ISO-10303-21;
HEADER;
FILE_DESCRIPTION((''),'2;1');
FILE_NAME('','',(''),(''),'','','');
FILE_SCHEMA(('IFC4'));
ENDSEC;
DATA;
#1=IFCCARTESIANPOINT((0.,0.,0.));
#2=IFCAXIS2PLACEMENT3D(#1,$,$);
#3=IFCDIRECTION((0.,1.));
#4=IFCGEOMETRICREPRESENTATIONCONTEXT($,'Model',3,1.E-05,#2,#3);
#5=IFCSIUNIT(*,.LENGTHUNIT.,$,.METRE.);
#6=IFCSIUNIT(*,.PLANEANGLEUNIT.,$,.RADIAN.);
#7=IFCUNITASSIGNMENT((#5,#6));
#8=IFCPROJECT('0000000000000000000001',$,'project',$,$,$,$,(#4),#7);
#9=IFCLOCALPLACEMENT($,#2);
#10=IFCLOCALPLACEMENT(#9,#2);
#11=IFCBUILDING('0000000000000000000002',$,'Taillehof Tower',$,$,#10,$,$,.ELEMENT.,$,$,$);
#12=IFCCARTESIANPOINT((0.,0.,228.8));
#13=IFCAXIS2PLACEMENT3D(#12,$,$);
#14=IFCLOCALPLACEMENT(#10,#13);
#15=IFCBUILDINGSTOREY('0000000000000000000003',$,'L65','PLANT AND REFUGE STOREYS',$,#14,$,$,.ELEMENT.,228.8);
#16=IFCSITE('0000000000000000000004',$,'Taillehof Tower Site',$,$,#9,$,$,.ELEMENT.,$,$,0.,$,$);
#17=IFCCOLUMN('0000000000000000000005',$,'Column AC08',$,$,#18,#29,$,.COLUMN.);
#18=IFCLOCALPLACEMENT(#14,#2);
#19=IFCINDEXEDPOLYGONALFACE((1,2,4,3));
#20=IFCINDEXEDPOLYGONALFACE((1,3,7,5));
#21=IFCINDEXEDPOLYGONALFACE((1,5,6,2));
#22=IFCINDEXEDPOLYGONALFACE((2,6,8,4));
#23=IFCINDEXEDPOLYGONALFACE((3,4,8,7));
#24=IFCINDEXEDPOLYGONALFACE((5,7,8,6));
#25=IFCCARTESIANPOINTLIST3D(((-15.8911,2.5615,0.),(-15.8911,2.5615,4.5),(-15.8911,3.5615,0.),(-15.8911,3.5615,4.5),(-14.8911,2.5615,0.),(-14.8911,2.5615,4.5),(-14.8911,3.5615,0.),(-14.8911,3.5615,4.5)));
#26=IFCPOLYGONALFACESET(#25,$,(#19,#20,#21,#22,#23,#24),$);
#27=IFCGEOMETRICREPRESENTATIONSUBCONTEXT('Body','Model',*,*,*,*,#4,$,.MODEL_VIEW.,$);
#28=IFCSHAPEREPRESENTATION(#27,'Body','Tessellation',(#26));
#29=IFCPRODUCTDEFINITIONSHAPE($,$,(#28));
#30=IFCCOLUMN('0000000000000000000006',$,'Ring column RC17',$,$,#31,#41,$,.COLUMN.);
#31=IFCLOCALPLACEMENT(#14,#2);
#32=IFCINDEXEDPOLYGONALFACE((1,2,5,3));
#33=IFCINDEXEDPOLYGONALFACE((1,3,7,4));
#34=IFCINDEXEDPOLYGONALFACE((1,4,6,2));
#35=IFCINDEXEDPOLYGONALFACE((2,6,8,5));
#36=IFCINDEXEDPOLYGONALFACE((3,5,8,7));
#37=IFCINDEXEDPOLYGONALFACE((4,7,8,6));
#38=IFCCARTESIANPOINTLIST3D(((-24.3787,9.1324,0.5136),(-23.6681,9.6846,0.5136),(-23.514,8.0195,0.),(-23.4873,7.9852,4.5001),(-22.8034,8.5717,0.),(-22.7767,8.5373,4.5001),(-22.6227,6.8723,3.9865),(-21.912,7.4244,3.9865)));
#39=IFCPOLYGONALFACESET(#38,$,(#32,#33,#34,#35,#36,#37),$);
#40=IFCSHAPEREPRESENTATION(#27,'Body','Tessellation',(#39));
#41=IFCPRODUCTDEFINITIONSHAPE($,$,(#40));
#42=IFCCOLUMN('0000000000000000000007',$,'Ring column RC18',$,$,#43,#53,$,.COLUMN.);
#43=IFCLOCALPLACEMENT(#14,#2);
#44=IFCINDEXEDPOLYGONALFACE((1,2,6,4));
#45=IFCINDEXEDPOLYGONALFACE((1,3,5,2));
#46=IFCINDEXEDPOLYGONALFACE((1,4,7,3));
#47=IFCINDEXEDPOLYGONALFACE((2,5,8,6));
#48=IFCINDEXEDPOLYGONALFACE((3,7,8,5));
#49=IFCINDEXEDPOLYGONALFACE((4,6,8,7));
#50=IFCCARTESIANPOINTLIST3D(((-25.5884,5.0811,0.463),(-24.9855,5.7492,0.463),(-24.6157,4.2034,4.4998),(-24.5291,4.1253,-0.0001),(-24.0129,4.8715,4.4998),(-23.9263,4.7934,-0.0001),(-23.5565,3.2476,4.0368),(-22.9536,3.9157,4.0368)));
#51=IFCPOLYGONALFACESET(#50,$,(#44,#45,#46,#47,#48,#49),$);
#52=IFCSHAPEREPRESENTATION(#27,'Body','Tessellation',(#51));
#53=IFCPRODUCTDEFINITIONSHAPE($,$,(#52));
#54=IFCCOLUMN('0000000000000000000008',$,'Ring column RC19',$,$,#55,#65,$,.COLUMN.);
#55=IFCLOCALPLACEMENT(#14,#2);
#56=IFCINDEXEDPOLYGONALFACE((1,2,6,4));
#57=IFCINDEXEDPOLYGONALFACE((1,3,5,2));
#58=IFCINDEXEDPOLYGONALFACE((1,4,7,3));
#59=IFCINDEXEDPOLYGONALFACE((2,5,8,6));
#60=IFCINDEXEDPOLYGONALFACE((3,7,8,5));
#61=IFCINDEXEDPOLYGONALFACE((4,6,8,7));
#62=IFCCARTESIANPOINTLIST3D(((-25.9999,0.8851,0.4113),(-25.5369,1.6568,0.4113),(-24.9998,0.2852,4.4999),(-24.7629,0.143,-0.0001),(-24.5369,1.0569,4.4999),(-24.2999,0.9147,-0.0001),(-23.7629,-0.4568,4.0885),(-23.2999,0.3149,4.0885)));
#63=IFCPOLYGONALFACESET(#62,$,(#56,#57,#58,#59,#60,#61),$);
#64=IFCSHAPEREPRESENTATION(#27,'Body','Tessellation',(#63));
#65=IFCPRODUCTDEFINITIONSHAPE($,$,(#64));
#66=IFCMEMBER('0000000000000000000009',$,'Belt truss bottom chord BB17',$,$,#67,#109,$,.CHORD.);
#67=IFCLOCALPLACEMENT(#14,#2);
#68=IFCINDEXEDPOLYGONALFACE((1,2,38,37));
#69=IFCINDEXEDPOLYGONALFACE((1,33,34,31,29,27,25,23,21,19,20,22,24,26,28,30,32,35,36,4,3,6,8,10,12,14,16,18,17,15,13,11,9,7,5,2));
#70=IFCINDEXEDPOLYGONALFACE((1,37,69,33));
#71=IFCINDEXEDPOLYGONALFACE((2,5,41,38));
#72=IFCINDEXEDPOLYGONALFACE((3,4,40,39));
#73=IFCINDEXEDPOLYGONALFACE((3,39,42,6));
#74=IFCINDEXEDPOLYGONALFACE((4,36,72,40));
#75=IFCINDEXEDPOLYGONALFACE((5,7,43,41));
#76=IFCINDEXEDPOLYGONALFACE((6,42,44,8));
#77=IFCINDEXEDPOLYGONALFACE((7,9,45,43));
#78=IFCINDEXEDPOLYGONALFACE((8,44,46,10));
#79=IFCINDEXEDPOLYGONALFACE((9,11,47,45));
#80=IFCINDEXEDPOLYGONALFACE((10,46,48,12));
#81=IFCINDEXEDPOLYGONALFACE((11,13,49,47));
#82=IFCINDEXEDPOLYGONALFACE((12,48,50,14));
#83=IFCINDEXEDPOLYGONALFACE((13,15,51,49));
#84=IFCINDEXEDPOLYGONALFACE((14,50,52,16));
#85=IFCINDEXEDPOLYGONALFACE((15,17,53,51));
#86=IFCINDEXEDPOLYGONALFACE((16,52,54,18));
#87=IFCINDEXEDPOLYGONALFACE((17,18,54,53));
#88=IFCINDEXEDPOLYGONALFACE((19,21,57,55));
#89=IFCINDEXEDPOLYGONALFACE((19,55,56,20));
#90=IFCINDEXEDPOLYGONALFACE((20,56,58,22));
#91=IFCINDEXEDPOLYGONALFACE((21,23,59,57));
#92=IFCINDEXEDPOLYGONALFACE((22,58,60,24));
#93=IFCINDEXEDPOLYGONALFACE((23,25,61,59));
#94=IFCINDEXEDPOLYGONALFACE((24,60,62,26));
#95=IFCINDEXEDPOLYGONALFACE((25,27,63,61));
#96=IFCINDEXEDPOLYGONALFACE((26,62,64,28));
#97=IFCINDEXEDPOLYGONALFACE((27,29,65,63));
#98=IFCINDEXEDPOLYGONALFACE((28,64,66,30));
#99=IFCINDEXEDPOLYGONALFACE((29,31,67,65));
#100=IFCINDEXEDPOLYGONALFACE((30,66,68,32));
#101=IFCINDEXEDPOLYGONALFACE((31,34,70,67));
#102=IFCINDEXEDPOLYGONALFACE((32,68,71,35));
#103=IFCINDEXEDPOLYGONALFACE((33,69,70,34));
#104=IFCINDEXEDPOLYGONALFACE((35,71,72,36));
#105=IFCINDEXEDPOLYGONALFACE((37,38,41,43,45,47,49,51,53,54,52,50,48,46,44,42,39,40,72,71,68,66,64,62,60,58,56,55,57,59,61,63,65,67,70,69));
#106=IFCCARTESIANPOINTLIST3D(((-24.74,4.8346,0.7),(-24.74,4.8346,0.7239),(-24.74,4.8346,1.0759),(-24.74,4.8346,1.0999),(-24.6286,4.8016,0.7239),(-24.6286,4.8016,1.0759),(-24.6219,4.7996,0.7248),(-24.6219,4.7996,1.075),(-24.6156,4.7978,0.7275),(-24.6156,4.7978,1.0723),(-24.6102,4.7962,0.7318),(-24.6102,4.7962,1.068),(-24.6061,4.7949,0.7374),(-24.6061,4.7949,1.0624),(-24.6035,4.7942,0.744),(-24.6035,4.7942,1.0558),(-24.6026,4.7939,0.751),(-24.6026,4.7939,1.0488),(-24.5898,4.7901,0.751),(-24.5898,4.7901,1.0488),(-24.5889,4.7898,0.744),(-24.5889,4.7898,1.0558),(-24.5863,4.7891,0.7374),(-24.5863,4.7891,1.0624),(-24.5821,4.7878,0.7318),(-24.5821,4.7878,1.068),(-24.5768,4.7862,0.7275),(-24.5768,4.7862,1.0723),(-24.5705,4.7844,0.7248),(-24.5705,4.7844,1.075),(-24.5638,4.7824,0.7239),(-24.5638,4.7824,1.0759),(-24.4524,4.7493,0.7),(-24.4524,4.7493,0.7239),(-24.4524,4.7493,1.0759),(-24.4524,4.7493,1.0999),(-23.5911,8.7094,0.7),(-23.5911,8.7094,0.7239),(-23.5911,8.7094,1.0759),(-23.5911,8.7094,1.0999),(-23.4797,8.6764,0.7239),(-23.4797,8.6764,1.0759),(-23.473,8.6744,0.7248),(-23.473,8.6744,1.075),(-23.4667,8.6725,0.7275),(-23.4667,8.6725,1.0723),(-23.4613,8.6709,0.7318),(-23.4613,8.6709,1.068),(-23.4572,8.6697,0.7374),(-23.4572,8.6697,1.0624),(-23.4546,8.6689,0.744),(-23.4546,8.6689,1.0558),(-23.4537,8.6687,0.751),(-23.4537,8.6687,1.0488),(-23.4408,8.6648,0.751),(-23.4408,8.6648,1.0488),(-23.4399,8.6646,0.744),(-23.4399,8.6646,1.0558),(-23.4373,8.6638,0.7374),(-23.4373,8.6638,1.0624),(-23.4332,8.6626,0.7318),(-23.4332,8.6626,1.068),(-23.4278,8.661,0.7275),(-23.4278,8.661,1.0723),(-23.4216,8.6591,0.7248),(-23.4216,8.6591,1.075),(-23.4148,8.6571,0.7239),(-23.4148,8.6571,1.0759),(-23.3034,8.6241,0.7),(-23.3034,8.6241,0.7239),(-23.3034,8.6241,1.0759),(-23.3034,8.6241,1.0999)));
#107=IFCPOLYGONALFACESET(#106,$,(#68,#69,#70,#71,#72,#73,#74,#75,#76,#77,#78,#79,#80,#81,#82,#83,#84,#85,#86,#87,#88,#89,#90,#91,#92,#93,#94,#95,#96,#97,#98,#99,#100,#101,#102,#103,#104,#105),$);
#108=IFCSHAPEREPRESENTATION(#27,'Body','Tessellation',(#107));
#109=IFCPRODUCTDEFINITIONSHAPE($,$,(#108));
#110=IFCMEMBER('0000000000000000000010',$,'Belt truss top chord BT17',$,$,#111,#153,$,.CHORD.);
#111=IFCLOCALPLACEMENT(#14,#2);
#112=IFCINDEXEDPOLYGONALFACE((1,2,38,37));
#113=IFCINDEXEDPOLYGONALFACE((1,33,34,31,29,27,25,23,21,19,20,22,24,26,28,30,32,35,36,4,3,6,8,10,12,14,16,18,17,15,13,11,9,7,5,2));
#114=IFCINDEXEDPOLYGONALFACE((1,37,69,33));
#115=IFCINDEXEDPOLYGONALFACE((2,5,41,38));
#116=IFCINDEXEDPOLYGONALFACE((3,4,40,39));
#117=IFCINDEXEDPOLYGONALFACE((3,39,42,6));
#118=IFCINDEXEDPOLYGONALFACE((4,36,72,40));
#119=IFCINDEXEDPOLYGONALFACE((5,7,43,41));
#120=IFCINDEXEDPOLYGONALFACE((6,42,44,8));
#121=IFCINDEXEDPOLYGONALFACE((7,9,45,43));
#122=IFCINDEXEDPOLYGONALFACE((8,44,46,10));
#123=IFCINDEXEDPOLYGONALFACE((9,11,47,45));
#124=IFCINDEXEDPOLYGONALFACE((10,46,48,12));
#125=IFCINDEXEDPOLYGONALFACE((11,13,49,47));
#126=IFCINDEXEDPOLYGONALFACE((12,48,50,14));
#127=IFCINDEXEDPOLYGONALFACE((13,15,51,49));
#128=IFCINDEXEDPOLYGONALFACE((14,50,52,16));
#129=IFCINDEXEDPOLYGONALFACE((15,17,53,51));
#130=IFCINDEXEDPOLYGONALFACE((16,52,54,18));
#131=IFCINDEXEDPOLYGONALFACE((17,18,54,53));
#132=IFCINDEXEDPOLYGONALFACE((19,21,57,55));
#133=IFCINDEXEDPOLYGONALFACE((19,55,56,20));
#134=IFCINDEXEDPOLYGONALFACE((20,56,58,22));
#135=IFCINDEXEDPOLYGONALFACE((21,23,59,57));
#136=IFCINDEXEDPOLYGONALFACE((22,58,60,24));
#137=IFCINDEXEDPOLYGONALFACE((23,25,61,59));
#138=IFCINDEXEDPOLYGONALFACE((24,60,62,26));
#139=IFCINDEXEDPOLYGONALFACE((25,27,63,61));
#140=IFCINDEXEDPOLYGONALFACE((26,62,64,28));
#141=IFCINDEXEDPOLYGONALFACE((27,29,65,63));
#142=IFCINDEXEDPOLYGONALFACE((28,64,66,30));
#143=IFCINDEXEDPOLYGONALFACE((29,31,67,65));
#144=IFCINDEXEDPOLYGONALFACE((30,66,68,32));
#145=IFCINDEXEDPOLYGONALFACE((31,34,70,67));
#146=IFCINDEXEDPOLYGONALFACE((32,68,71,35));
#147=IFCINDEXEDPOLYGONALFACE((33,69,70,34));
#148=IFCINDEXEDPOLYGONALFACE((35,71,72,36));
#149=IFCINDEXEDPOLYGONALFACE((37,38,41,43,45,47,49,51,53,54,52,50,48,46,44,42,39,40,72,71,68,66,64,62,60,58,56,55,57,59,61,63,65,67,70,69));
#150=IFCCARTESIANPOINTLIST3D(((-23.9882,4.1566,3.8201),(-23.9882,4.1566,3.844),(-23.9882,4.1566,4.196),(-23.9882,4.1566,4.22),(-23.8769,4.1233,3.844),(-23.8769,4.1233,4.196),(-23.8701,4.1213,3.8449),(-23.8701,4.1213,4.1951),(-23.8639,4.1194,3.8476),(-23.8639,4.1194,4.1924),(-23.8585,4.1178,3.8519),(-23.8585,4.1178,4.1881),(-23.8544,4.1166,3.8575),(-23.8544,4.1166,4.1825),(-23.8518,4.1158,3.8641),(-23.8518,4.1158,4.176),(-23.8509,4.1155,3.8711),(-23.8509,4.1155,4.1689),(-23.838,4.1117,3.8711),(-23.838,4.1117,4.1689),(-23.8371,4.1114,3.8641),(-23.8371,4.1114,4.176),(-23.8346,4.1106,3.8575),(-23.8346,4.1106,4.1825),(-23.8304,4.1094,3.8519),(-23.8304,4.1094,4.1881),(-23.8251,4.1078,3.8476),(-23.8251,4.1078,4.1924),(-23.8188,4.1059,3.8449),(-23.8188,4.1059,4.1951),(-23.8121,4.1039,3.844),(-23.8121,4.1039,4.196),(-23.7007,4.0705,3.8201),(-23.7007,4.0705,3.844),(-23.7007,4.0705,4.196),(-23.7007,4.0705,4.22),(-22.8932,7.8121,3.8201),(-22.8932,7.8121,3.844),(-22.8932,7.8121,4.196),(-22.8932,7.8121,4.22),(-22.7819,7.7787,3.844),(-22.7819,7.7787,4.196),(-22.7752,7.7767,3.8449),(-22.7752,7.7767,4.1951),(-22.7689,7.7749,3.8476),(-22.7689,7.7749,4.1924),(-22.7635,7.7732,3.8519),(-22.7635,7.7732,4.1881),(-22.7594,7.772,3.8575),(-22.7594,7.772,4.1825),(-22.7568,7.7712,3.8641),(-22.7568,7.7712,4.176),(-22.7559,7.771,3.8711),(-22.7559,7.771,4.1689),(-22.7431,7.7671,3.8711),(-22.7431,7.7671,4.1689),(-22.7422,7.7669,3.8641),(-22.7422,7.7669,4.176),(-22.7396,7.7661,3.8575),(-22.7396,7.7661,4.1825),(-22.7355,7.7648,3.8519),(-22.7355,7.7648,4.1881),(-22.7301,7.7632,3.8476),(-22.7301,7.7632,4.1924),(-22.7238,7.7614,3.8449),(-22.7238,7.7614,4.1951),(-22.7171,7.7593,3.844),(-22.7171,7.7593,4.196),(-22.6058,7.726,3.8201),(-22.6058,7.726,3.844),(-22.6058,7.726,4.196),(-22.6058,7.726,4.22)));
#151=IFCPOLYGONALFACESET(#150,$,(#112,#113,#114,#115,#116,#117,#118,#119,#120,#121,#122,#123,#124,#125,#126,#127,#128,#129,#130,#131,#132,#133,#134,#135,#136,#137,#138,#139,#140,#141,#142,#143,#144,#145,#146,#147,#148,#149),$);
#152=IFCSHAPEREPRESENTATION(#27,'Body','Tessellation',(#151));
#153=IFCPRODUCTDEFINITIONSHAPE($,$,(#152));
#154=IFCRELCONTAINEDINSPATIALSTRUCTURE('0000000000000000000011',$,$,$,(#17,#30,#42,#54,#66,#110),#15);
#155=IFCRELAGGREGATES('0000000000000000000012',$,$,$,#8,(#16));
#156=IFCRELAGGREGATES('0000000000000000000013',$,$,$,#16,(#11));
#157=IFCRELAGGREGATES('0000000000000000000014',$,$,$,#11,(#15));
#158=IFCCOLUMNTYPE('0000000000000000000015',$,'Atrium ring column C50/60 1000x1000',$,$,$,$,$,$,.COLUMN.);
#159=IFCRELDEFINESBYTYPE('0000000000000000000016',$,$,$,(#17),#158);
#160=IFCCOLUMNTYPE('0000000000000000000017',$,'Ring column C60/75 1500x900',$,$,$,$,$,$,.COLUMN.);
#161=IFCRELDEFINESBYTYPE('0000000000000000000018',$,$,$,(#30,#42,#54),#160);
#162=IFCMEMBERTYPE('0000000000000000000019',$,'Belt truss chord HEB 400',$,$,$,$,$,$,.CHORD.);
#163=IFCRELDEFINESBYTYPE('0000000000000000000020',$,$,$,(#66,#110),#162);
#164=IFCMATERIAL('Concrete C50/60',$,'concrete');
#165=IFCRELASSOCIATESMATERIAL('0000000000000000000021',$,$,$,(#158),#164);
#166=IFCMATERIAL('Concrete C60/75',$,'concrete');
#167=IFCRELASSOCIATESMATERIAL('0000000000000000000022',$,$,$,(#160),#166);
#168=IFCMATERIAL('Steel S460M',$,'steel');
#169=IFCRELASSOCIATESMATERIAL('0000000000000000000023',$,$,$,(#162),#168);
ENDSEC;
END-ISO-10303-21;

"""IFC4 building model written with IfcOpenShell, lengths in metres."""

from ifc_helpers import new_model, si_unit, direction, frame, origin, origin_2d, place, context, subcontext, project, spatial, rectangle, i_section, extrude, material, material_profile, profile_set, type_object, element, save


model = new_model("IFC4")

# Units and contexts
model_context = context("Model", 3, precision=1e-05, world=origin(), true_north=direction((0.0, 1.0)))
body_context = subcontext(model_context, "Body", "Model", "MODEL_VIEW")
ifc_project = project(units=[si_unit("LENGTHUNIT", "METRE"), si_unit("PLANEANGLEUNIT", "RADIAN")], contexts=[model_context])

# Site, building, storey
site_placement = place(None, origin())
site = spatial("IfcSite", under=ifc_project, at=site_placement, Name="Taillehof Tower Site", CompositionType="ELEMENT", RefElevation=0.0)
building_placement = place(site_placement, origin())
building = spatial("IfcBuilding", under=site, at=building_placement, Name="Taillehof Tower", CompositionType="ELEMENT")
storey_placement = place(building_placement, frame((0.0, 0.0, 228.8)))
storey = spatial("IfcBuildingStorey", under=building, at=storey_placement, Name="L65", Description="PLANT AND REFUGE STOREYS", CompositionType="ELEMENT", Elevation=228.8)

# Columns
ifc_material_1 = material(Name="Concrete C50/60", Category="concrete")
ifc_material_profile_1 = material_profile(ifc_material_1, rectangle(XDim=1.0, YDim=1.0, at=origin_2d()), Name="RC 1000x1000")
ifc_profile_set_1 = profile_set([ifc_material_profile_1], Name="Concrete C50/60")
column_type_1 = type_object("IfcColumnType", Name="Atrium ring column C50/60 1000x1000", PredefinedType="COLUMN", material=ifc_profile_set_1)
column_1_placement = place(storey_placement, frame((-15.3911, 3.0615, 0.0), z_axis=(0.0, 0.0, 1.0), x_axis=(1.0, 0.0, 0.0)))
element("IfcColumn", 1, at=column_1_placement, inside=storey, type_object=column_type_1, Name="Column AC08", PredefinedType="COLUMN", context=body_context, shape_type="SweptSolid", body=[
    extrude(rectangle(XDim=1.0, YDim=1.0, at=origin_2d()), origin(), (0.0, 0.0, 1.0), 4.5),
])
ifc_material_2 = material(Name="Concrete C60/75", Category="concrete")
ifc_material_profile_2 = material_profile(ifc_material_2, rectangle(XDim=1.5, YDim=0.8999, at=origin_2d()), Name="RC 1500x900")
ifc_profile_set_2 = profile_set([ifc_material_profile_2], Name="Concrete C60/75")
column_type_2 = type_object("IfcColumnType", Name="Ring column C60/75 1500x900", PredefinedType="COLUMN", material=ifc_profile_set_2)
column_2_placement = place(storey_placement, frame((-23.5911, 8.8521, 0.2568), z_axis=(0.210087, -0.270391, 0.939549), x_axis=(-0.576456, 0.741924, 0.342414)))
element("IfcColumn", 2, at=column_2_placement, inside=storey, type_object=column_type_2, Name="Ring column RC17", PredefinedType="COLUMN", context=body_context, shape_type="SweptSolid", body=[
    extrude(rectangle(XDim=1.5, YDim=0.8999, at=origin_2d()), origin(), (0.0, 0.0, 1.0), 4.2429),
])
column_3_placement = place(storey_placement, frame((-24.7573, 4.9373, 0.2314), z_axis=(0.229177, -0.2068, 0.951163), x_axis=(-0.706165, 0.637215, 0.308688)))
element("IfcColumn", 3, at=column_3_placement, inside=storey, type_object=column_type_2, Name="Ring column RC18", PredefinedType="COLUMN", context=body_context, shape_type="SweptSolid", body=[
    extrude(rectangle(XDim=1.5, YDim=0.8999, at=origin_2d()), origin(), (0.0, 0.0, 1.0), 4.2441),
])
column_4_placement = place(storey_placement, frame((-25.1499, 0.8999, 0.2056), z_axis=(0.235202, -0.141087, 0.961652), x_axis=(-0.824663, 0.494677, 0.274272)))
element("IfcColumn", 4, at=column_4_placement, inside=storey, type_object=column_type_2, Name="Ring column RC19", PredefinedType="COLUMN", context=body_context, shape_type="SweptSolid", body=[
    extrude(rectangle(XDim=1.5, YDim=0.8999, at=origin_2d()), origin(), (0.0, 0.0, 1.0), 4.2517),
])

# Members
ifc_material_3 = material(Name="Steel S460M", Category="steel")
ifc_material_profile_3 = material_profile(ifc_material_3, i_section(OverallWidth=0.3, OverallDepth=0.3999, WebThickness=0.0134, FlangeThickness=0.0239, FilletRadius=0.0271, at=origin_2d()), Name="HEB 400")
ifc_profile_set_3 = profile_set([ifc_material_profile_3], Name="Steel S460M")
member_type_1 = type_object("IfcMemberType", Name="Belt truss chord HEB 400", PredefinedType="CHORD", material=ifc_profile_set_3)
member_1_placement = place(storey_placement, frame((-23.4473, 8.6667, 0.8999), z_axis=(-0.284282, -0.958741, 0.0), x_axis=(0.958741, -0.284282, 0.0)))
element("IfcMember", 5, at=member_1_placement, inside=storey, type_object=member_type_1, Name="Belt truss bottom chord BB17", PredefinedType="CHORD", context=body_context, shape_type="SweptSolid", body=[
    extrude(i_section(OverallWidth=0.3, OverallDepth=0.3999, WebThickness=0.0134, FlangeThickness=0.0239, FilletRadius=0.0271, at=origin_2d()), origin(), (0.0, 0.0, 1.0), 4.0415),
])
member_2_placement = place(storey_placement, frame((-22.7495, 7.769, 4.02), z_axis=(-0.286943, -0.957948, 0.0), x_axis=(0.957948, -0.286943, 0.0)))
element("IfcMember", 6, at=member_2_placement, inside=storey, type_object=member_type_1, Name="Belt truss top chord BT17", PredefinedType="CHORD", context=body_context, shape_type="SweptSolid", body=[
    extrude(i_section(OverallWidth=0.3, OverallDepth=0.3999, WebThickness=0.0134, FlangeThickness=0.0239, FilletRadius=0.0271, at=origin_2d()), origin(), (0.0, 0.0, 1.0), 3.8159),
])

save(model, "model.ifc")
